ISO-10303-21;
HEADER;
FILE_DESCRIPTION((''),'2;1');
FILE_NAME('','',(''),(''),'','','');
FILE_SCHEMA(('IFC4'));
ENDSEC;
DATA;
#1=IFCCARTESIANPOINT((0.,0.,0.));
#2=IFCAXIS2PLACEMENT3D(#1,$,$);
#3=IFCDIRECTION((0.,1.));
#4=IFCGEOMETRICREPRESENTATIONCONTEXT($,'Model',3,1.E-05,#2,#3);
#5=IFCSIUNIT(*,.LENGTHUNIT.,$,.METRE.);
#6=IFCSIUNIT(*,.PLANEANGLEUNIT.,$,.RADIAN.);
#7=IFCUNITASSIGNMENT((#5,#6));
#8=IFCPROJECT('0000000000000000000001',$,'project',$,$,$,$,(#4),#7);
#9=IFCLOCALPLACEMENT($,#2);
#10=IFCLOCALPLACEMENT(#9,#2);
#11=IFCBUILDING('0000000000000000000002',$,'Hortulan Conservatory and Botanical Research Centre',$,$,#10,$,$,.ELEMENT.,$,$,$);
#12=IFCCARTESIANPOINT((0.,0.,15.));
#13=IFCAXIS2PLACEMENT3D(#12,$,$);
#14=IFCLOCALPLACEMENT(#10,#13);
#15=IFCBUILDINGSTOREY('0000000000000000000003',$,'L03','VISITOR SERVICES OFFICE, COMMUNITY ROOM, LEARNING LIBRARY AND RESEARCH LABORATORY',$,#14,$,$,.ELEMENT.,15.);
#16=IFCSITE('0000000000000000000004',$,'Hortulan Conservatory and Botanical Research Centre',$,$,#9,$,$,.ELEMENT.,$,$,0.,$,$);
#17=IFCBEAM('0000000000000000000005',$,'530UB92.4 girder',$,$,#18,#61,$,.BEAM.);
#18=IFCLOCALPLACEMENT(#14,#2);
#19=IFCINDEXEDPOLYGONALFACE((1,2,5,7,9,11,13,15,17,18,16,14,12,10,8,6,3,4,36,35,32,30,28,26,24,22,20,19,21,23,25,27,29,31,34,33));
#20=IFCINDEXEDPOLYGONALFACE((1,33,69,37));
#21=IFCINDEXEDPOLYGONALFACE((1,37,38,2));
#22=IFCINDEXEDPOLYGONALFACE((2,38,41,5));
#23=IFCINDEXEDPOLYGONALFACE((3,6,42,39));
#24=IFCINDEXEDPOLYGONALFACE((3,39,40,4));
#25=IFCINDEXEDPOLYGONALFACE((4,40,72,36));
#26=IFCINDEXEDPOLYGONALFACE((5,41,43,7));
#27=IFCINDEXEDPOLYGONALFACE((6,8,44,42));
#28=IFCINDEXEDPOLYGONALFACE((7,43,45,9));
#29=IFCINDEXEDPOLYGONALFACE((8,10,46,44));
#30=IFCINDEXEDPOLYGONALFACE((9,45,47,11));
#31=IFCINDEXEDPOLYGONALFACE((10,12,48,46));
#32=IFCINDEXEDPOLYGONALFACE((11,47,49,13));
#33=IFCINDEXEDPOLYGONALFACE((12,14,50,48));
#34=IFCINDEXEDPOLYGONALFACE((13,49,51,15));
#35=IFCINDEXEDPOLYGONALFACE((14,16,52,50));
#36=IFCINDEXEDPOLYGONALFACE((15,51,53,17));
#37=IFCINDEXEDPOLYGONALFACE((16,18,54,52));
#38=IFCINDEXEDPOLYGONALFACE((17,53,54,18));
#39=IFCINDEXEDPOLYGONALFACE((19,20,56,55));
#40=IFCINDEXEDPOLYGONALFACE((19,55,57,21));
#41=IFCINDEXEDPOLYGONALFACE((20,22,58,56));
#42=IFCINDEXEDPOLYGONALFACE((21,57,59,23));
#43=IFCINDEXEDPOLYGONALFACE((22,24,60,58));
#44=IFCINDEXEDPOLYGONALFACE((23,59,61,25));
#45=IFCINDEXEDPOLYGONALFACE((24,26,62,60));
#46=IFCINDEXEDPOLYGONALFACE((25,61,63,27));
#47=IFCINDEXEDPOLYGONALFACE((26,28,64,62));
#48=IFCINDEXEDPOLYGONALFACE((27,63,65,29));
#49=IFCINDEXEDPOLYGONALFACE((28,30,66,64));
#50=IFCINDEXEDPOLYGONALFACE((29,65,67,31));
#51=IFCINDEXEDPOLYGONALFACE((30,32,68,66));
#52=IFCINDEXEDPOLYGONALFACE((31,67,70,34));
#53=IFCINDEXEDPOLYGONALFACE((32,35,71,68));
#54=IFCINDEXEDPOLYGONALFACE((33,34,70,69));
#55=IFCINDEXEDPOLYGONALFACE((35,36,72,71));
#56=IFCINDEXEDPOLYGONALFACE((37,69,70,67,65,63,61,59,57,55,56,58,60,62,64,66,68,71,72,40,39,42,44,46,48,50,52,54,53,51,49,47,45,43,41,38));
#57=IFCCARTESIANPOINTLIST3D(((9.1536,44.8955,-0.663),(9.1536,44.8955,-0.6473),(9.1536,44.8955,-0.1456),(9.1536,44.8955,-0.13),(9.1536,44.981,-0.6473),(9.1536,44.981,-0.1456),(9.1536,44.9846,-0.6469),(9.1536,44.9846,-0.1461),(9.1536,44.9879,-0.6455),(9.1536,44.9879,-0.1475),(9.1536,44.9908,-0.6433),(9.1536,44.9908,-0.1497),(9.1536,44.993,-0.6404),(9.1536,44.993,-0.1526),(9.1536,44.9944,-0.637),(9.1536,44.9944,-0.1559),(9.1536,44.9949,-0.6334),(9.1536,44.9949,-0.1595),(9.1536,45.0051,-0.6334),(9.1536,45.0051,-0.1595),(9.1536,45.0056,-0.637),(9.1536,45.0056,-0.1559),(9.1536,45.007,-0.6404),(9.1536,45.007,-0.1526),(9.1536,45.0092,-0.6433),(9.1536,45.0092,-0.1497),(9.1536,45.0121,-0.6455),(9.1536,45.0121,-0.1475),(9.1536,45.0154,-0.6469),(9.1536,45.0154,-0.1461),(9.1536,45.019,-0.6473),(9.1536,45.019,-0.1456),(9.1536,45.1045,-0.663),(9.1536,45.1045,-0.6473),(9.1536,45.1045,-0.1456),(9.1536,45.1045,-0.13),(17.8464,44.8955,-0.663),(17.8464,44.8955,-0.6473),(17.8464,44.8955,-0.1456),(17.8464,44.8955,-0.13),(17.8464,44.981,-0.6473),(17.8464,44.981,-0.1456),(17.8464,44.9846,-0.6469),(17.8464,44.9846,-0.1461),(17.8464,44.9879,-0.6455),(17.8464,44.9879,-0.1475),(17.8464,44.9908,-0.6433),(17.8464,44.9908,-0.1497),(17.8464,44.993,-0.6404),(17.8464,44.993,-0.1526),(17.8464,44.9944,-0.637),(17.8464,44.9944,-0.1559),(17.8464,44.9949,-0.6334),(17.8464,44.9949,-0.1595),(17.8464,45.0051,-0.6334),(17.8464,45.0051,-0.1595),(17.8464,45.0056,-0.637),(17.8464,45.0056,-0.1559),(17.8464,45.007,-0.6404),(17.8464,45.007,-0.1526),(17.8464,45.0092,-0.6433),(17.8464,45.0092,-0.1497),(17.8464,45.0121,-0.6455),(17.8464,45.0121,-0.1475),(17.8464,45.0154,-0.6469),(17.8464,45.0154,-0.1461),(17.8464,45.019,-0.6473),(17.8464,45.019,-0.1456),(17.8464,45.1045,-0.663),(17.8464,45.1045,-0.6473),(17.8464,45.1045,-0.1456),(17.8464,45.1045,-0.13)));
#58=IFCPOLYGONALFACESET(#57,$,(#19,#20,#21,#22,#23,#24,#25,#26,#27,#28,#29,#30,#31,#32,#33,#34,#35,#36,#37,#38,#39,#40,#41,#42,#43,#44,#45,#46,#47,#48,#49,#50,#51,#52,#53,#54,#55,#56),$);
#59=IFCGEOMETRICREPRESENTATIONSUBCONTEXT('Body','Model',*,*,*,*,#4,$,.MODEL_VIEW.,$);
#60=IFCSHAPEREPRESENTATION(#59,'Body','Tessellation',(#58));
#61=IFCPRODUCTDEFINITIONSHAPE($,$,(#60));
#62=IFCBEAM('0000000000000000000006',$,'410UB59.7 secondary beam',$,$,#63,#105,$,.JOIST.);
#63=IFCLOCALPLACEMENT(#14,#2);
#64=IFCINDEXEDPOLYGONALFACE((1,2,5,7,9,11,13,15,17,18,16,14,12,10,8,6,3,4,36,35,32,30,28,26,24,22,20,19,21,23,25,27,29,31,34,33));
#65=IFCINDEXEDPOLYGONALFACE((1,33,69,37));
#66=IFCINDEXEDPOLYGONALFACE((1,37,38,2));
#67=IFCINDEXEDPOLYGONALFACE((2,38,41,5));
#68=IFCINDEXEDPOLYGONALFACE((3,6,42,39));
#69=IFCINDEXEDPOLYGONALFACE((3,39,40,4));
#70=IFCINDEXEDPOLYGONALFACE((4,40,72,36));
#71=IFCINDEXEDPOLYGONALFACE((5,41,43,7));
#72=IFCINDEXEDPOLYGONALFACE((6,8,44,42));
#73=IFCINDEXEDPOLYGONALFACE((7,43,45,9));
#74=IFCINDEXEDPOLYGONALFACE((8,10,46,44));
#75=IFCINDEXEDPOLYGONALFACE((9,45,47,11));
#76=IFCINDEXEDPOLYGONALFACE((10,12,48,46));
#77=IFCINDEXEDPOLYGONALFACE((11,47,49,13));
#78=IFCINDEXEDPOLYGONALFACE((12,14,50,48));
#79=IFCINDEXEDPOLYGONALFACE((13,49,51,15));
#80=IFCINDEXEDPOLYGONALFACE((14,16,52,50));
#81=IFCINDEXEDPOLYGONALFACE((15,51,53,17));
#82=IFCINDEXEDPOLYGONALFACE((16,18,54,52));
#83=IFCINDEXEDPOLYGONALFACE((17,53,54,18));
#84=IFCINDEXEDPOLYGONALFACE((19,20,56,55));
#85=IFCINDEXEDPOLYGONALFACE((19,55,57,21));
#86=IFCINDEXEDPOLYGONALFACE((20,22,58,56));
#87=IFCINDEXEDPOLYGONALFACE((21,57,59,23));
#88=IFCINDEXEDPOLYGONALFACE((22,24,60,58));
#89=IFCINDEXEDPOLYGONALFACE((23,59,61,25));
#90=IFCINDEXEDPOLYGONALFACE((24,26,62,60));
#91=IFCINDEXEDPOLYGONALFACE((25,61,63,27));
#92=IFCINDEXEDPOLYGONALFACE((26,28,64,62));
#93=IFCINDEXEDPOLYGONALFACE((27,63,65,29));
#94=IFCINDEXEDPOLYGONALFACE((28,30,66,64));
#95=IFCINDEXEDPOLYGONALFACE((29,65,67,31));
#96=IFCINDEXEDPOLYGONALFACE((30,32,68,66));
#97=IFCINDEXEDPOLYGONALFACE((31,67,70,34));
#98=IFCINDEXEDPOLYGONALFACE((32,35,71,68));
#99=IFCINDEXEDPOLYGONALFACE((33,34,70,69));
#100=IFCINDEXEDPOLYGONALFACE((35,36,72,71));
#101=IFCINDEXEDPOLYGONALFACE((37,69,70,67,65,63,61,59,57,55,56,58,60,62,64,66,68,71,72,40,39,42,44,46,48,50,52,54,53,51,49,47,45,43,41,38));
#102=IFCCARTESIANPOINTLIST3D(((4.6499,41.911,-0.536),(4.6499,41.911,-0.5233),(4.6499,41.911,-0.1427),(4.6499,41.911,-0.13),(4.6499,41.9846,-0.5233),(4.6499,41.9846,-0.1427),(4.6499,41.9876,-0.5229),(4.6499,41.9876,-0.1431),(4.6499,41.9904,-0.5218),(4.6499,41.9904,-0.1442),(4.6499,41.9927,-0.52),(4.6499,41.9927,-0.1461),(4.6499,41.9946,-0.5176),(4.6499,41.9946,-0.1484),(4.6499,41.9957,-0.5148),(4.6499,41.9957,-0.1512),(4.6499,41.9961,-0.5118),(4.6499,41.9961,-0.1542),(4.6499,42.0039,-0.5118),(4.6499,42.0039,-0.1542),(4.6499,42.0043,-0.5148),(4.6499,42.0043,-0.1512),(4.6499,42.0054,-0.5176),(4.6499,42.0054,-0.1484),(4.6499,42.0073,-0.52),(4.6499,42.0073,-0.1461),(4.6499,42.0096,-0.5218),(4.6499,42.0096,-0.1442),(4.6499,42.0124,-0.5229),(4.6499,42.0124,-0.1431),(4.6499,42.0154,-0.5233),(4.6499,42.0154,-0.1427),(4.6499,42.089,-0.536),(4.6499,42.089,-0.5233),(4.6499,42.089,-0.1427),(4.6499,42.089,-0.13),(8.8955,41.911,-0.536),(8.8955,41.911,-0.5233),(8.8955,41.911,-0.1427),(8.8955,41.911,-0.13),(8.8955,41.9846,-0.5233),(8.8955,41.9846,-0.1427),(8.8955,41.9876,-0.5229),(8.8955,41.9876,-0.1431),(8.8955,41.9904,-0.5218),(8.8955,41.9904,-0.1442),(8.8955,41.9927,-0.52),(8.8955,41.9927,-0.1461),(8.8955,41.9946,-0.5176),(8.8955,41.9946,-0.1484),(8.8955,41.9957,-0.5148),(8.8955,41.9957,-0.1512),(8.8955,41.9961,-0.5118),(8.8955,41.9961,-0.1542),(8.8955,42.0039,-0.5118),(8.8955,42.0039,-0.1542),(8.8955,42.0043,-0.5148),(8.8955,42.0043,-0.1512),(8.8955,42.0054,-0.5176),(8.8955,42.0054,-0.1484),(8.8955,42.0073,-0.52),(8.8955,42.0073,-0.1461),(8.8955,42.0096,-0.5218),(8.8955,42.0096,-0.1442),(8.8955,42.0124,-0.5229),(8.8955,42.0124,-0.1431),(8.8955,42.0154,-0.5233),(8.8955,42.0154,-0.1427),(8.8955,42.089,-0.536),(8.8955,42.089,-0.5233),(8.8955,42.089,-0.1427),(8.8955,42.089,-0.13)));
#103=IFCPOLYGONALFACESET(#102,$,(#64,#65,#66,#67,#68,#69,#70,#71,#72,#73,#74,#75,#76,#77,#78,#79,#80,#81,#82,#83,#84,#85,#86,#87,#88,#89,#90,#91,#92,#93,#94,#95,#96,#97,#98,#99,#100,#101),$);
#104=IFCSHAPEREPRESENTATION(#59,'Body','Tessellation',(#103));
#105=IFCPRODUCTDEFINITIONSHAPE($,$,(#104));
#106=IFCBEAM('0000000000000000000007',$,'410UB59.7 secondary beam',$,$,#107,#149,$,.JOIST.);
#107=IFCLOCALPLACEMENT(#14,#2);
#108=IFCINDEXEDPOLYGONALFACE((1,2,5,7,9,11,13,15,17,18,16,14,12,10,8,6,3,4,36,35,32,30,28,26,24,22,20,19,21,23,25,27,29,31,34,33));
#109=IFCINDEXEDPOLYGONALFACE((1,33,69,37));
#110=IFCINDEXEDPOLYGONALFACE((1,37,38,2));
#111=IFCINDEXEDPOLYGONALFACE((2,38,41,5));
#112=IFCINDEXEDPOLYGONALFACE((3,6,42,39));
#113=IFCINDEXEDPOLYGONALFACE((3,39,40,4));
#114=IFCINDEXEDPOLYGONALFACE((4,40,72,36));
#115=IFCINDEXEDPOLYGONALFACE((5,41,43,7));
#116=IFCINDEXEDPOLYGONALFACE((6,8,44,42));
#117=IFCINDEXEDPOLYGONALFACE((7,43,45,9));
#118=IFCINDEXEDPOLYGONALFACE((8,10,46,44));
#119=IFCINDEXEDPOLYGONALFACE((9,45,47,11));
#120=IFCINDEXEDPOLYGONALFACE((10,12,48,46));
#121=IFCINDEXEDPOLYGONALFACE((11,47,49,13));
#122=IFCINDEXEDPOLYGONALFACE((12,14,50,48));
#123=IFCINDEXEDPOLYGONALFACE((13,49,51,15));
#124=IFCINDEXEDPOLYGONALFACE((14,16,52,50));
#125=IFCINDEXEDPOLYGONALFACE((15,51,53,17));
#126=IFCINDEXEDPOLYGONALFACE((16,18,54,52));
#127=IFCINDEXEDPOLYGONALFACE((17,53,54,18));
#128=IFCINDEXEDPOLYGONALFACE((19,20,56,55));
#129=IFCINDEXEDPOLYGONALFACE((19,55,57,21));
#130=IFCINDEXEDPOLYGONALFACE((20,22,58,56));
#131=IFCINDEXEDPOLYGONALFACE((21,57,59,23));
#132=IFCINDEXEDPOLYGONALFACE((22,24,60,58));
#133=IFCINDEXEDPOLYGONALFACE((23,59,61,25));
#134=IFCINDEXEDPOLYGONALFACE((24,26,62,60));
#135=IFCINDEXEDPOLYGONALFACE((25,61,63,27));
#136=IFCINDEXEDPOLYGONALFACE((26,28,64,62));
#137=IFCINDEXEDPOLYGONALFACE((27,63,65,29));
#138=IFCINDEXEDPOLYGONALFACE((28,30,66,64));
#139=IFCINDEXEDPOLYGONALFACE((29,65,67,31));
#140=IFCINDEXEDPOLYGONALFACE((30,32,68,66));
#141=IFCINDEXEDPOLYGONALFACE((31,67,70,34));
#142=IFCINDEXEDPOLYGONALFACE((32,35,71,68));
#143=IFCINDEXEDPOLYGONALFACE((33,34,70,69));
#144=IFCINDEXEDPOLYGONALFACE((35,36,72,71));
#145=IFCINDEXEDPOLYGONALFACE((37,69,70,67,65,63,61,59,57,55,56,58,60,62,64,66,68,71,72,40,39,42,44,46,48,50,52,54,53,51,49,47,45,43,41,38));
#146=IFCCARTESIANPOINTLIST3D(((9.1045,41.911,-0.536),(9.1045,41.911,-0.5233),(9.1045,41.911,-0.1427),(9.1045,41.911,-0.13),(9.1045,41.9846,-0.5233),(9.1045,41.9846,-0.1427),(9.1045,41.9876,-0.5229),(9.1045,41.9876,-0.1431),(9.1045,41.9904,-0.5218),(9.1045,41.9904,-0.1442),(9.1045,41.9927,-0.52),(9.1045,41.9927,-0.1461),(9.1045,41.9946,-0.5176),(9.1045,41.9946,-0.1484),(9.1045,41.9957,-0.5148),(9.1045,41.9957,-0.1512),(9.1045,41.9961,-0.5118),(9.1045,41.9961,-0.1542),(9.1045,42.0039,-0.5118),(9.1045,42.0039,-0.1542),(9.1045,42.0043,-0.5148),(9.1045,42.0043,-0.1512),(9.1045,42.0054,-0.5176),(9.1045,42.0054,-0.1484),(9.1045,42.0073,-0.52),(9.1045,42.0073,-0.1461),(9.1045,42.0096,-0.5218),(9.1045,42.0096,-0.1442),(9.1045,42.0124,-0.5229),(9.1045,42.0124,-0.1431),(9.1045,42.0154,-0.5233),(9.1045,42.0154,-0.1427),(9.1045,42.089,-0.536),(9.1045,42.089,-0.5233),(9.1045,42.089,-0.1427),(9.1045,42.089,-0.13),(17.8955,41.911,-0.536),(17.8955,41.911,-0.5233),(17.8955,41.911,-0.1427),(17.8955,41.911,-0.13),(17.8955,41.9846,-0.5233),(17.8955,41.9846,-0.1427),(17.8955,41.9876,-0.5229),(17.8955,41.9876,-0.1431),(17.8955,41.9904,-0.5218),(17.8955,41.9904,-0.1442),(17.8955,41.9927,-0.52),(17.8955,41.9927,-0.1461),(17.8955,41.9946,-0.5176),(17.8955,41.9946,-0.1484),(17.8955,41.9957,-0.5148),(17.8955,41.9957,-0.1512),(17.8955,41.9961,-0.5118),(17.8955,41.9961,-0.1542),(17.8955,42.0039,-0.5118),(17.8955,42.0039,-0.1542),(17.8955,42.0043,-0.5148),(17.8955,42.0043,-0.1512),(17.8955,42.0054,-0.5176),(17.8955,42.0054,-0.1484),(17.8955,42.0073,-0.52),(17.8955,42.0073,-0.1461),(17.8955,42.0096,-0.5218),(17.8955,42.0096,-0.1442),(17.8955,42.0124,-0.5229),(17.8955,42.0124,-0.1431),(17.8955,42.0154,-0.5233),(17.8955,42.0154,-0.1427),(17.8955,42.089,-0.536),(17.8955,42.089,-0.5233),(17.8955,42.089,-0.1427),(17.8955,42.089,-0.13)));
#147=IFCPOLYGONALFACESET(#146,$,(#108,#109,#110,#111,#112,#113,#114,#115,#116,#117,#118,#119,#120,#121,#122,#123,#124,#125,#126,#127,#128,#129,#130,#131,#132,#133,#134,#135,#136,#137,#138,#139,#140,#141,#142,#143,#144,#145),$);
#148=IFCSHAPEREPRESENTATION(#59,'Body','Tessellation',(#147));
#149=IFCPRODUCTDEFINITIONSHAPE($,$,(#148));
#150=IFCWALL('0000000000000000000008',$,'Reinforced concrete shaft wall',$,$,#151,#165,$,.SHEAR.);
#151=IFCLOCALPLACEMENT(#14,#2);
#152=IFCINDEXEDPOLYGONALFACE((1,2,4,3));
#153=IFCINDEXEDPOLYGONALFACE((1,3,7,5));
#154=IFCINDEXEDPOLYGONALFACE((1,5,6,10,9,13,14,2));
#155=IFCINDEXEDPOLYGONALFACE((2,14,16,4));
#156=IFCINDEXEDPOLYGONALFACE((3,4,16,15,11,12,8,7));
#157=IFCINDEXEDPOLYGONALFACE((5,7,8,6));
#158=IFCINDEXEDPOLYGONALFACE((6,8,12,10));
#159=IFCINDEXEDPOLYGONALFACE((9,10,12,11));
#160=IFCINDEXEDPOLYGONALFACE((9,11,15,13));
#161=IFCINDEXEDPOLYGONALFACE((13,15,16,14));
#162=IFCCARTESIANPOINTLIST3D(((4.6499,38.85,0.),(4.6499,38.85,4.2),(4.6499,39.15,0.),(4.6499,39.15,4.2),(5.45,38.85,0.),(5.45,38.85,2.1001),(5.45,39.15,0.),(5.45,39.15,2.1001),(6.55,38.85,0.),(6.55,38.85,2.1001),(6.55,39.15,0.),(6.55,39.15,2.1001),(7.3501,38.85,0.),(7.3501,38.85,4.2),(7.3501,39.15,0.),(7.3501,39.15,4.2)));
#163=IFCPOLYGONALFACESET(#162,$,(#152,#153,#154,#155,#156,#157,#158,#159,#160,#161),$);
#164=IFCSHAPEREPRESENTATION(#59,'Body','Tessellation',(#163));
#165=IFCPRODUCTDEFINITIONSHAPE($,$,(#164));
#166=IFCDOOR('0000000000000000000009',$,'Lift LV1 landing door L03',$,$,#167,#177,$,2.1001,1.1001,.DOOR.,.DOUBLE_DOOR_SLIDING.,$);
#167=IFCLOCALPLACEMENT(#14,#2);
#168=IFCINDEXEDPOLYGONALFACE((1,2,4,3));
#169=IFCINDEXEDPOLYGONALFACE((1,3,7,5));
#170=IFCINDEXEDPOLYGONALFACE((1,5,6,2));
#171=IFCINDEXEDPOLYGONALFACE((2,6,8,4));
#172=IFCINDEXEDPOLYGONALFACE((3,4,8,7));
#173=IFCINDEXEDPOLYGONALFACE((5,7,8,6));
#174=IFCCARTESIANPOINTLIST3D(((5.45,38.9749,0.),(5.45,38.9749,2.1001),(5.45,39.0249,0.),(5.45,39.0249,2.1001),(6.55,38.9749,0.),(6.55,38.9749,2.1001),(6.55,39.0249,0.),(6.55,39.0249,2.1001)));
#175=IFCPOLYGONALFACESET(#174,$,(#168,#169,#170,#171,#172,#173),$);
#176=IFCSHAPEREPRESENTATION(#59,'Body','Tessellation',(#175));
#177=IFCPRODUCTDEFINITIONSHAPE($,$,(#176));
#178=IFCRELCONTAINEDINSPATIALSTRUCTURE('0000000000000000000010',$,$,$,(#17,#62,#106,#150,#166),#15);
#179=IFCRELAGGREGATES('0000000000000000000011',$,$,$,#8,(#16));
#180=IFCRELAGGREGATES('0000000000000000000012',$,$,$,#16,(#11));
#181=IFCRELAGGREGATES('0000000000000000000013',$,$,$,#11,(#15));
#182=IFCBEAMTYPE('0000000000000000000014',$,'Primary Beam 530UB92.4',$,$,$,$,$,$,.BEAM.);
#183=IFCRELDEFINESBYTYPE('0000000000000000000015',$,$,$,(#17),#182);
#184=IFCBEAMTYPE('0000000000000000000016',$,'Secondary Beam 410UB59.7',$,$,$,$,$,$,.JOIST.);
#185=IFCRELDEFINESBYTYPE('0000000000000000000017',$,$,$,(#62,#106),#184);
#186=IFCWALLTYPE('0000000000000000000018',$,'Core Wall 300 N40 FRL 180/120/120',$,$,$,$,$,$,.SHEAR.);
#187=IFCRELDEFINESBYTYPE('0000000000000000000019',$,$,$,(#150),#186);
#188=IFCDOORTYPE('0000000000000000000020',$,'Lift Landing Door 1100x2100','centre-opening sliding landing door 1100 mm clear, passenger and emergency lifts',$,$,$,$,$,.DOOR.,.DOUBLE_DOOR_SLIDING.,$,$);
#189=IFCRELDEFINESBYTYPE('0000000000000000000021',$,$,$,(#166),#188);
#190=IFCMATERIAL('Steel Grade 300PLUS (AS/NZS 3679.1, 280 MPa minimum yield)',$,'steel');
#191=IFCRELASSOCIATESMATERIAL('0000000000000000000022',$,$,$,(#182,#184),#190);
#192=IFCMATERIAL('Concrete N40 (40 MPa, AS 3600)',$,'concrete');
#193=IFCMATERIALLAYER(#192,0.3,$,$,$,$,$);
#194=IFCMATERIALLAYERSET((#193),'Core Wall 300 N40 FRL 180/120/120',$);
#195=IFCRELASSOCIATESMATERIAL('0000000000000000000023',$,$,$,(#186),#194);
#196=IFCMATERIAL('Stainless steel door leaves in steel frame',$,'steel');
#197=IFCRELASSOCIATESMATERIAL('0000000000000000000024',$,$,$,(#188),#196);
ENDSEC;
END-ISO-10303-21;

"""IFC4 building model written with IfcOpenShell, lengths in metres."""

from ifc_helpers import new_model, si_unit, direction, frame, frame_2d, origin, origin_2d, place, context, subcontext, project, spatial, rectangle, i_section, extrude, material, layer, layer_set, material_profile, profile_set, type_object, element, fill, save


model = new_model("IFC4")

# Units and contexts
model_context = context("Model", 3, precision=1e-05, world=origin(), true_north=direction((0.0, 1.0)))
body_context = subcontext(model_context, "Body", "Model", "MODEL_VIEW")
ifc_project = project(units=[si_unit("LENGTHUNIT", "METRE"), si_unit("PLANEANGLEUNIT", "RADIAN")], contexts=[model_context])

# Site, building, storey
site_placement = place(None, origin())
site = spatial("IfcSite", under=ifc_project, at=site_placement, Name="Hortulan Conservatory and Botanical Research Centre", CompositionType="ELEMENT", RefElevation=0.0)
building_placement = place(site_placement, origin())
building = spatial("IfcBuilding", under=site, at=building_placement, Name="Hortulan Conservatory and Botanical Research Centre", CompositionType="ELEMENT")
storey_placement = place(building_placement, frame((0.0, 0.0, 15.0)))
storey = spatial("IfcBuildingStorey", under=building, at=storey_placement, Name="L03", Description="VISITOR SERVICES OFFICE, COMMUNITY ROOM, LEARNING LIBRARY AND RESEARCH LABORATORY", CompositionType="ELEMENT", Elevation=15.0)

# Shared definitions
ifc_material_1 = material(Name="Steel Grade 300PLUS (AS/NZS 3679.1, 280 MPa minimum yield)", Category="steel")

# Beams
ifc_material_profile_1 = material_profile(ifc_material_1, i_section(OverallWidth=0.209, OverallDepth=0.533, WebThickness=0.0103, FlangeThickness=0.0156, FilletRadius=0.0139, at=origin_2d()), Name="530UB92.4")
ifc_profile_set_1 = profile_set([ifc_material_profile_1], Name="Steel Grade 300PLUS (AS/NZS 3679.1, 280 MPa minimum yield)")
beam_type_1 = type_object("IfcBeamType", Name="Primary Beam 530UB92.4", PredefinedType="BEAM", material=ifc_profile_set_1)
beam_1_placement = place(storey_placement, frame((9.1536, 45.0, -0.3965), z_axis=(1.0, 0.0, 0.0), x_axis=(0.0, 1.0, 0.0)))
element("IfcBeam", 1, at=beam_1_placement, inside=storey, type_object=beam_type_1, Name="530UB92.4 girder", PredefinedType="BEAM", context=body_context, shape_type="SweptSolid", body=[
    extrude(i_section(OverallWidth=0.209, OverallDepth=0.533, WebThickness=0.0103, FlangeThickness=0.0156, FilletRadius=0.0139, at=origin_2d()), origin(), (0.0, 0.0, 1.0), 8.6929),
])
ifc_material_profile_2 = material_profile(ifc_material_1, i_section(OverallWidth=0.178, OverallDepth=0.406, WebThickness=0.0078, FlangeThickness=0.0127, FilletRadius=0.0115, at=origin_2d()), Name="410UB59.7")
ifc_profile_set_2 = profile_set([ifc_material_profile_2], Name="Steel Grade 300PLUS (AS/NZS 3679.1, 280 MPa minimum yield)")
beam_type_2 = type_object("IfcBeamType", Name="Secondary Beam 410UB59.7", PredefinedType="JOIST", material=ifc_profile_set_2)
beam_2_placement = place(storey_placement, frame((4.6499, 42.0, -0.333), z_axis=(1.0, 0.0, 0.0), x_axis=(0.0, 1.0, 0.0)))
element("IfcBeam", 2, at=beam_2_placement, inside=storey, type_object=beam_type_2, Name="410UB59.7 secondary beam", PredefinedType="JOIST", context=body_context, shape_type="SweptSolid", body=[
    extrude(i_section(OverallWidth=0.178, OverallDepth=0.406, WebThickness=0.0078, FlangeThickness=0.0127, FilletRadius=0.0115, at=origin_2d()), origin(), (0.0, 0.0, 1.0), 4.2456),
])
beam_3_placement = place(storey_placement, frame((9.1045, 42.0, -0.333), z_axis=(1.0, 0.0, 0.0), x_axis=(0.0, 1.0, 0.0)))
element("IfcBeam", 3, at=beam_3_placement, inside=storey, type_object=beam_type_2, Name="410UB59.7 secondary beam", PredefinedType="JOIST", context=body_context, shape_type="SweptSolid", body=[
    extrude(i_section(OverallWidth=0.178, OverallDepth=0.406, WebThickness=0.0078, FlangeThickness=0.0127, FilletRadius=0.0115, at=origin_2d()), origin(), (0.0, 0.0, 1.0), 8.791),
])

# Wall, opening, door
ifc_material_2 = material(Name="Concrete N40 (40 MPa, AS 3600)", Category="concrete")
ifc_layer_1 = layer(ifc_material_2, 0.3)
ifc_layer_set_1 = layer_set([ifc_layer_1], Name="Core Wall 300 N40 FRL 180/120/120")
wall_type_1 = type_object("IfcWallType", Name="Core Wall 300 N40 FRL 180/120/120", PredefinedType="SHEAR", material=ifc_layer_set_1)
wall_1_placement = place(storey_placement, frame((4.6499, 39.0, 0.0), z_axis=(0.0, 0.0, 1.0), x_axis=(1.0, 0.0, 0.0)))
wall_1 = element("IfcWall", 4, at=wall_1_placement, inside=storey, type_object=wall_type_1, Name="Reinforced concrete shaft wall", PredefinedType="SHEAR", context=body_context, shape_type="SweptSolid", body=[
    extrude(rectangle(XDim=2.7002, YDim=0.3, at=frame_2d((1.3501, 0.0))), origin(), (0.0, 0.0, 1.0), 4.2),
])
opening_1_placement = place(wall_1_placement, frame((0.8, 0.0, 0.0)))
opening_1 = element("IfcOpeningElement", 5, at=opening_1_placement, cuts=wall_1, PredefinedType="OPENING", context=body_context, shape_type="SweptSolid", body=[
    extrude(rectangle(XDim=1.1001, YDim=2.1001, at=frame_2d((0.55, 1.05))), frame((0.0, 0.1599, 0.0), z_axis=(0.0, -1.0, 0.0), x_axis=(1.0, 0.0, 0.0)), (0.0, 0.0, 1.0), 0.3201),
])
ifc_material_3 = material(Name="Stainless steel door leaves in steel frame", Category="steel")
door_type_1 = type_object("IfcDoorType", Name="Lift Landing Door 1100x2100", Description="centre-opening sliding landing door 1100 mm clear, passenger and emergency lifts", OperationType="DOUBLE_DOOR_SLIDING", PredefinedType="DOOR", material=ifc_material_3)
door_1_placement = place(opening_1_placement, origin())
door_1 = element("IfcDoor", 6, at=door_1_placement, inside=storey, type_object=door_type_1, Name="Lift LV1 landing door L03", OperationType="DOUBLE_DOOR_SLIDING", OverallHeight=2.1001, OverallWidth=1.1001, PredefinedType="DOOR", context=body_context, shape_type="SweptSolid", body=[
    extrude(rectangle(XDim=1.1001, YDim=2.1001, at=frame_2d((0.55, 1.05))), frame((0.0, 0.0249, 0.0), z_axis=(0.0, -1.0, 0.0), x_axis=(1.0, 0.0, 0.0)), (0.0, 0.0, 1.0), 0.05),
])
fill(opening_1, door_1)

save(model, "model.ifc")
